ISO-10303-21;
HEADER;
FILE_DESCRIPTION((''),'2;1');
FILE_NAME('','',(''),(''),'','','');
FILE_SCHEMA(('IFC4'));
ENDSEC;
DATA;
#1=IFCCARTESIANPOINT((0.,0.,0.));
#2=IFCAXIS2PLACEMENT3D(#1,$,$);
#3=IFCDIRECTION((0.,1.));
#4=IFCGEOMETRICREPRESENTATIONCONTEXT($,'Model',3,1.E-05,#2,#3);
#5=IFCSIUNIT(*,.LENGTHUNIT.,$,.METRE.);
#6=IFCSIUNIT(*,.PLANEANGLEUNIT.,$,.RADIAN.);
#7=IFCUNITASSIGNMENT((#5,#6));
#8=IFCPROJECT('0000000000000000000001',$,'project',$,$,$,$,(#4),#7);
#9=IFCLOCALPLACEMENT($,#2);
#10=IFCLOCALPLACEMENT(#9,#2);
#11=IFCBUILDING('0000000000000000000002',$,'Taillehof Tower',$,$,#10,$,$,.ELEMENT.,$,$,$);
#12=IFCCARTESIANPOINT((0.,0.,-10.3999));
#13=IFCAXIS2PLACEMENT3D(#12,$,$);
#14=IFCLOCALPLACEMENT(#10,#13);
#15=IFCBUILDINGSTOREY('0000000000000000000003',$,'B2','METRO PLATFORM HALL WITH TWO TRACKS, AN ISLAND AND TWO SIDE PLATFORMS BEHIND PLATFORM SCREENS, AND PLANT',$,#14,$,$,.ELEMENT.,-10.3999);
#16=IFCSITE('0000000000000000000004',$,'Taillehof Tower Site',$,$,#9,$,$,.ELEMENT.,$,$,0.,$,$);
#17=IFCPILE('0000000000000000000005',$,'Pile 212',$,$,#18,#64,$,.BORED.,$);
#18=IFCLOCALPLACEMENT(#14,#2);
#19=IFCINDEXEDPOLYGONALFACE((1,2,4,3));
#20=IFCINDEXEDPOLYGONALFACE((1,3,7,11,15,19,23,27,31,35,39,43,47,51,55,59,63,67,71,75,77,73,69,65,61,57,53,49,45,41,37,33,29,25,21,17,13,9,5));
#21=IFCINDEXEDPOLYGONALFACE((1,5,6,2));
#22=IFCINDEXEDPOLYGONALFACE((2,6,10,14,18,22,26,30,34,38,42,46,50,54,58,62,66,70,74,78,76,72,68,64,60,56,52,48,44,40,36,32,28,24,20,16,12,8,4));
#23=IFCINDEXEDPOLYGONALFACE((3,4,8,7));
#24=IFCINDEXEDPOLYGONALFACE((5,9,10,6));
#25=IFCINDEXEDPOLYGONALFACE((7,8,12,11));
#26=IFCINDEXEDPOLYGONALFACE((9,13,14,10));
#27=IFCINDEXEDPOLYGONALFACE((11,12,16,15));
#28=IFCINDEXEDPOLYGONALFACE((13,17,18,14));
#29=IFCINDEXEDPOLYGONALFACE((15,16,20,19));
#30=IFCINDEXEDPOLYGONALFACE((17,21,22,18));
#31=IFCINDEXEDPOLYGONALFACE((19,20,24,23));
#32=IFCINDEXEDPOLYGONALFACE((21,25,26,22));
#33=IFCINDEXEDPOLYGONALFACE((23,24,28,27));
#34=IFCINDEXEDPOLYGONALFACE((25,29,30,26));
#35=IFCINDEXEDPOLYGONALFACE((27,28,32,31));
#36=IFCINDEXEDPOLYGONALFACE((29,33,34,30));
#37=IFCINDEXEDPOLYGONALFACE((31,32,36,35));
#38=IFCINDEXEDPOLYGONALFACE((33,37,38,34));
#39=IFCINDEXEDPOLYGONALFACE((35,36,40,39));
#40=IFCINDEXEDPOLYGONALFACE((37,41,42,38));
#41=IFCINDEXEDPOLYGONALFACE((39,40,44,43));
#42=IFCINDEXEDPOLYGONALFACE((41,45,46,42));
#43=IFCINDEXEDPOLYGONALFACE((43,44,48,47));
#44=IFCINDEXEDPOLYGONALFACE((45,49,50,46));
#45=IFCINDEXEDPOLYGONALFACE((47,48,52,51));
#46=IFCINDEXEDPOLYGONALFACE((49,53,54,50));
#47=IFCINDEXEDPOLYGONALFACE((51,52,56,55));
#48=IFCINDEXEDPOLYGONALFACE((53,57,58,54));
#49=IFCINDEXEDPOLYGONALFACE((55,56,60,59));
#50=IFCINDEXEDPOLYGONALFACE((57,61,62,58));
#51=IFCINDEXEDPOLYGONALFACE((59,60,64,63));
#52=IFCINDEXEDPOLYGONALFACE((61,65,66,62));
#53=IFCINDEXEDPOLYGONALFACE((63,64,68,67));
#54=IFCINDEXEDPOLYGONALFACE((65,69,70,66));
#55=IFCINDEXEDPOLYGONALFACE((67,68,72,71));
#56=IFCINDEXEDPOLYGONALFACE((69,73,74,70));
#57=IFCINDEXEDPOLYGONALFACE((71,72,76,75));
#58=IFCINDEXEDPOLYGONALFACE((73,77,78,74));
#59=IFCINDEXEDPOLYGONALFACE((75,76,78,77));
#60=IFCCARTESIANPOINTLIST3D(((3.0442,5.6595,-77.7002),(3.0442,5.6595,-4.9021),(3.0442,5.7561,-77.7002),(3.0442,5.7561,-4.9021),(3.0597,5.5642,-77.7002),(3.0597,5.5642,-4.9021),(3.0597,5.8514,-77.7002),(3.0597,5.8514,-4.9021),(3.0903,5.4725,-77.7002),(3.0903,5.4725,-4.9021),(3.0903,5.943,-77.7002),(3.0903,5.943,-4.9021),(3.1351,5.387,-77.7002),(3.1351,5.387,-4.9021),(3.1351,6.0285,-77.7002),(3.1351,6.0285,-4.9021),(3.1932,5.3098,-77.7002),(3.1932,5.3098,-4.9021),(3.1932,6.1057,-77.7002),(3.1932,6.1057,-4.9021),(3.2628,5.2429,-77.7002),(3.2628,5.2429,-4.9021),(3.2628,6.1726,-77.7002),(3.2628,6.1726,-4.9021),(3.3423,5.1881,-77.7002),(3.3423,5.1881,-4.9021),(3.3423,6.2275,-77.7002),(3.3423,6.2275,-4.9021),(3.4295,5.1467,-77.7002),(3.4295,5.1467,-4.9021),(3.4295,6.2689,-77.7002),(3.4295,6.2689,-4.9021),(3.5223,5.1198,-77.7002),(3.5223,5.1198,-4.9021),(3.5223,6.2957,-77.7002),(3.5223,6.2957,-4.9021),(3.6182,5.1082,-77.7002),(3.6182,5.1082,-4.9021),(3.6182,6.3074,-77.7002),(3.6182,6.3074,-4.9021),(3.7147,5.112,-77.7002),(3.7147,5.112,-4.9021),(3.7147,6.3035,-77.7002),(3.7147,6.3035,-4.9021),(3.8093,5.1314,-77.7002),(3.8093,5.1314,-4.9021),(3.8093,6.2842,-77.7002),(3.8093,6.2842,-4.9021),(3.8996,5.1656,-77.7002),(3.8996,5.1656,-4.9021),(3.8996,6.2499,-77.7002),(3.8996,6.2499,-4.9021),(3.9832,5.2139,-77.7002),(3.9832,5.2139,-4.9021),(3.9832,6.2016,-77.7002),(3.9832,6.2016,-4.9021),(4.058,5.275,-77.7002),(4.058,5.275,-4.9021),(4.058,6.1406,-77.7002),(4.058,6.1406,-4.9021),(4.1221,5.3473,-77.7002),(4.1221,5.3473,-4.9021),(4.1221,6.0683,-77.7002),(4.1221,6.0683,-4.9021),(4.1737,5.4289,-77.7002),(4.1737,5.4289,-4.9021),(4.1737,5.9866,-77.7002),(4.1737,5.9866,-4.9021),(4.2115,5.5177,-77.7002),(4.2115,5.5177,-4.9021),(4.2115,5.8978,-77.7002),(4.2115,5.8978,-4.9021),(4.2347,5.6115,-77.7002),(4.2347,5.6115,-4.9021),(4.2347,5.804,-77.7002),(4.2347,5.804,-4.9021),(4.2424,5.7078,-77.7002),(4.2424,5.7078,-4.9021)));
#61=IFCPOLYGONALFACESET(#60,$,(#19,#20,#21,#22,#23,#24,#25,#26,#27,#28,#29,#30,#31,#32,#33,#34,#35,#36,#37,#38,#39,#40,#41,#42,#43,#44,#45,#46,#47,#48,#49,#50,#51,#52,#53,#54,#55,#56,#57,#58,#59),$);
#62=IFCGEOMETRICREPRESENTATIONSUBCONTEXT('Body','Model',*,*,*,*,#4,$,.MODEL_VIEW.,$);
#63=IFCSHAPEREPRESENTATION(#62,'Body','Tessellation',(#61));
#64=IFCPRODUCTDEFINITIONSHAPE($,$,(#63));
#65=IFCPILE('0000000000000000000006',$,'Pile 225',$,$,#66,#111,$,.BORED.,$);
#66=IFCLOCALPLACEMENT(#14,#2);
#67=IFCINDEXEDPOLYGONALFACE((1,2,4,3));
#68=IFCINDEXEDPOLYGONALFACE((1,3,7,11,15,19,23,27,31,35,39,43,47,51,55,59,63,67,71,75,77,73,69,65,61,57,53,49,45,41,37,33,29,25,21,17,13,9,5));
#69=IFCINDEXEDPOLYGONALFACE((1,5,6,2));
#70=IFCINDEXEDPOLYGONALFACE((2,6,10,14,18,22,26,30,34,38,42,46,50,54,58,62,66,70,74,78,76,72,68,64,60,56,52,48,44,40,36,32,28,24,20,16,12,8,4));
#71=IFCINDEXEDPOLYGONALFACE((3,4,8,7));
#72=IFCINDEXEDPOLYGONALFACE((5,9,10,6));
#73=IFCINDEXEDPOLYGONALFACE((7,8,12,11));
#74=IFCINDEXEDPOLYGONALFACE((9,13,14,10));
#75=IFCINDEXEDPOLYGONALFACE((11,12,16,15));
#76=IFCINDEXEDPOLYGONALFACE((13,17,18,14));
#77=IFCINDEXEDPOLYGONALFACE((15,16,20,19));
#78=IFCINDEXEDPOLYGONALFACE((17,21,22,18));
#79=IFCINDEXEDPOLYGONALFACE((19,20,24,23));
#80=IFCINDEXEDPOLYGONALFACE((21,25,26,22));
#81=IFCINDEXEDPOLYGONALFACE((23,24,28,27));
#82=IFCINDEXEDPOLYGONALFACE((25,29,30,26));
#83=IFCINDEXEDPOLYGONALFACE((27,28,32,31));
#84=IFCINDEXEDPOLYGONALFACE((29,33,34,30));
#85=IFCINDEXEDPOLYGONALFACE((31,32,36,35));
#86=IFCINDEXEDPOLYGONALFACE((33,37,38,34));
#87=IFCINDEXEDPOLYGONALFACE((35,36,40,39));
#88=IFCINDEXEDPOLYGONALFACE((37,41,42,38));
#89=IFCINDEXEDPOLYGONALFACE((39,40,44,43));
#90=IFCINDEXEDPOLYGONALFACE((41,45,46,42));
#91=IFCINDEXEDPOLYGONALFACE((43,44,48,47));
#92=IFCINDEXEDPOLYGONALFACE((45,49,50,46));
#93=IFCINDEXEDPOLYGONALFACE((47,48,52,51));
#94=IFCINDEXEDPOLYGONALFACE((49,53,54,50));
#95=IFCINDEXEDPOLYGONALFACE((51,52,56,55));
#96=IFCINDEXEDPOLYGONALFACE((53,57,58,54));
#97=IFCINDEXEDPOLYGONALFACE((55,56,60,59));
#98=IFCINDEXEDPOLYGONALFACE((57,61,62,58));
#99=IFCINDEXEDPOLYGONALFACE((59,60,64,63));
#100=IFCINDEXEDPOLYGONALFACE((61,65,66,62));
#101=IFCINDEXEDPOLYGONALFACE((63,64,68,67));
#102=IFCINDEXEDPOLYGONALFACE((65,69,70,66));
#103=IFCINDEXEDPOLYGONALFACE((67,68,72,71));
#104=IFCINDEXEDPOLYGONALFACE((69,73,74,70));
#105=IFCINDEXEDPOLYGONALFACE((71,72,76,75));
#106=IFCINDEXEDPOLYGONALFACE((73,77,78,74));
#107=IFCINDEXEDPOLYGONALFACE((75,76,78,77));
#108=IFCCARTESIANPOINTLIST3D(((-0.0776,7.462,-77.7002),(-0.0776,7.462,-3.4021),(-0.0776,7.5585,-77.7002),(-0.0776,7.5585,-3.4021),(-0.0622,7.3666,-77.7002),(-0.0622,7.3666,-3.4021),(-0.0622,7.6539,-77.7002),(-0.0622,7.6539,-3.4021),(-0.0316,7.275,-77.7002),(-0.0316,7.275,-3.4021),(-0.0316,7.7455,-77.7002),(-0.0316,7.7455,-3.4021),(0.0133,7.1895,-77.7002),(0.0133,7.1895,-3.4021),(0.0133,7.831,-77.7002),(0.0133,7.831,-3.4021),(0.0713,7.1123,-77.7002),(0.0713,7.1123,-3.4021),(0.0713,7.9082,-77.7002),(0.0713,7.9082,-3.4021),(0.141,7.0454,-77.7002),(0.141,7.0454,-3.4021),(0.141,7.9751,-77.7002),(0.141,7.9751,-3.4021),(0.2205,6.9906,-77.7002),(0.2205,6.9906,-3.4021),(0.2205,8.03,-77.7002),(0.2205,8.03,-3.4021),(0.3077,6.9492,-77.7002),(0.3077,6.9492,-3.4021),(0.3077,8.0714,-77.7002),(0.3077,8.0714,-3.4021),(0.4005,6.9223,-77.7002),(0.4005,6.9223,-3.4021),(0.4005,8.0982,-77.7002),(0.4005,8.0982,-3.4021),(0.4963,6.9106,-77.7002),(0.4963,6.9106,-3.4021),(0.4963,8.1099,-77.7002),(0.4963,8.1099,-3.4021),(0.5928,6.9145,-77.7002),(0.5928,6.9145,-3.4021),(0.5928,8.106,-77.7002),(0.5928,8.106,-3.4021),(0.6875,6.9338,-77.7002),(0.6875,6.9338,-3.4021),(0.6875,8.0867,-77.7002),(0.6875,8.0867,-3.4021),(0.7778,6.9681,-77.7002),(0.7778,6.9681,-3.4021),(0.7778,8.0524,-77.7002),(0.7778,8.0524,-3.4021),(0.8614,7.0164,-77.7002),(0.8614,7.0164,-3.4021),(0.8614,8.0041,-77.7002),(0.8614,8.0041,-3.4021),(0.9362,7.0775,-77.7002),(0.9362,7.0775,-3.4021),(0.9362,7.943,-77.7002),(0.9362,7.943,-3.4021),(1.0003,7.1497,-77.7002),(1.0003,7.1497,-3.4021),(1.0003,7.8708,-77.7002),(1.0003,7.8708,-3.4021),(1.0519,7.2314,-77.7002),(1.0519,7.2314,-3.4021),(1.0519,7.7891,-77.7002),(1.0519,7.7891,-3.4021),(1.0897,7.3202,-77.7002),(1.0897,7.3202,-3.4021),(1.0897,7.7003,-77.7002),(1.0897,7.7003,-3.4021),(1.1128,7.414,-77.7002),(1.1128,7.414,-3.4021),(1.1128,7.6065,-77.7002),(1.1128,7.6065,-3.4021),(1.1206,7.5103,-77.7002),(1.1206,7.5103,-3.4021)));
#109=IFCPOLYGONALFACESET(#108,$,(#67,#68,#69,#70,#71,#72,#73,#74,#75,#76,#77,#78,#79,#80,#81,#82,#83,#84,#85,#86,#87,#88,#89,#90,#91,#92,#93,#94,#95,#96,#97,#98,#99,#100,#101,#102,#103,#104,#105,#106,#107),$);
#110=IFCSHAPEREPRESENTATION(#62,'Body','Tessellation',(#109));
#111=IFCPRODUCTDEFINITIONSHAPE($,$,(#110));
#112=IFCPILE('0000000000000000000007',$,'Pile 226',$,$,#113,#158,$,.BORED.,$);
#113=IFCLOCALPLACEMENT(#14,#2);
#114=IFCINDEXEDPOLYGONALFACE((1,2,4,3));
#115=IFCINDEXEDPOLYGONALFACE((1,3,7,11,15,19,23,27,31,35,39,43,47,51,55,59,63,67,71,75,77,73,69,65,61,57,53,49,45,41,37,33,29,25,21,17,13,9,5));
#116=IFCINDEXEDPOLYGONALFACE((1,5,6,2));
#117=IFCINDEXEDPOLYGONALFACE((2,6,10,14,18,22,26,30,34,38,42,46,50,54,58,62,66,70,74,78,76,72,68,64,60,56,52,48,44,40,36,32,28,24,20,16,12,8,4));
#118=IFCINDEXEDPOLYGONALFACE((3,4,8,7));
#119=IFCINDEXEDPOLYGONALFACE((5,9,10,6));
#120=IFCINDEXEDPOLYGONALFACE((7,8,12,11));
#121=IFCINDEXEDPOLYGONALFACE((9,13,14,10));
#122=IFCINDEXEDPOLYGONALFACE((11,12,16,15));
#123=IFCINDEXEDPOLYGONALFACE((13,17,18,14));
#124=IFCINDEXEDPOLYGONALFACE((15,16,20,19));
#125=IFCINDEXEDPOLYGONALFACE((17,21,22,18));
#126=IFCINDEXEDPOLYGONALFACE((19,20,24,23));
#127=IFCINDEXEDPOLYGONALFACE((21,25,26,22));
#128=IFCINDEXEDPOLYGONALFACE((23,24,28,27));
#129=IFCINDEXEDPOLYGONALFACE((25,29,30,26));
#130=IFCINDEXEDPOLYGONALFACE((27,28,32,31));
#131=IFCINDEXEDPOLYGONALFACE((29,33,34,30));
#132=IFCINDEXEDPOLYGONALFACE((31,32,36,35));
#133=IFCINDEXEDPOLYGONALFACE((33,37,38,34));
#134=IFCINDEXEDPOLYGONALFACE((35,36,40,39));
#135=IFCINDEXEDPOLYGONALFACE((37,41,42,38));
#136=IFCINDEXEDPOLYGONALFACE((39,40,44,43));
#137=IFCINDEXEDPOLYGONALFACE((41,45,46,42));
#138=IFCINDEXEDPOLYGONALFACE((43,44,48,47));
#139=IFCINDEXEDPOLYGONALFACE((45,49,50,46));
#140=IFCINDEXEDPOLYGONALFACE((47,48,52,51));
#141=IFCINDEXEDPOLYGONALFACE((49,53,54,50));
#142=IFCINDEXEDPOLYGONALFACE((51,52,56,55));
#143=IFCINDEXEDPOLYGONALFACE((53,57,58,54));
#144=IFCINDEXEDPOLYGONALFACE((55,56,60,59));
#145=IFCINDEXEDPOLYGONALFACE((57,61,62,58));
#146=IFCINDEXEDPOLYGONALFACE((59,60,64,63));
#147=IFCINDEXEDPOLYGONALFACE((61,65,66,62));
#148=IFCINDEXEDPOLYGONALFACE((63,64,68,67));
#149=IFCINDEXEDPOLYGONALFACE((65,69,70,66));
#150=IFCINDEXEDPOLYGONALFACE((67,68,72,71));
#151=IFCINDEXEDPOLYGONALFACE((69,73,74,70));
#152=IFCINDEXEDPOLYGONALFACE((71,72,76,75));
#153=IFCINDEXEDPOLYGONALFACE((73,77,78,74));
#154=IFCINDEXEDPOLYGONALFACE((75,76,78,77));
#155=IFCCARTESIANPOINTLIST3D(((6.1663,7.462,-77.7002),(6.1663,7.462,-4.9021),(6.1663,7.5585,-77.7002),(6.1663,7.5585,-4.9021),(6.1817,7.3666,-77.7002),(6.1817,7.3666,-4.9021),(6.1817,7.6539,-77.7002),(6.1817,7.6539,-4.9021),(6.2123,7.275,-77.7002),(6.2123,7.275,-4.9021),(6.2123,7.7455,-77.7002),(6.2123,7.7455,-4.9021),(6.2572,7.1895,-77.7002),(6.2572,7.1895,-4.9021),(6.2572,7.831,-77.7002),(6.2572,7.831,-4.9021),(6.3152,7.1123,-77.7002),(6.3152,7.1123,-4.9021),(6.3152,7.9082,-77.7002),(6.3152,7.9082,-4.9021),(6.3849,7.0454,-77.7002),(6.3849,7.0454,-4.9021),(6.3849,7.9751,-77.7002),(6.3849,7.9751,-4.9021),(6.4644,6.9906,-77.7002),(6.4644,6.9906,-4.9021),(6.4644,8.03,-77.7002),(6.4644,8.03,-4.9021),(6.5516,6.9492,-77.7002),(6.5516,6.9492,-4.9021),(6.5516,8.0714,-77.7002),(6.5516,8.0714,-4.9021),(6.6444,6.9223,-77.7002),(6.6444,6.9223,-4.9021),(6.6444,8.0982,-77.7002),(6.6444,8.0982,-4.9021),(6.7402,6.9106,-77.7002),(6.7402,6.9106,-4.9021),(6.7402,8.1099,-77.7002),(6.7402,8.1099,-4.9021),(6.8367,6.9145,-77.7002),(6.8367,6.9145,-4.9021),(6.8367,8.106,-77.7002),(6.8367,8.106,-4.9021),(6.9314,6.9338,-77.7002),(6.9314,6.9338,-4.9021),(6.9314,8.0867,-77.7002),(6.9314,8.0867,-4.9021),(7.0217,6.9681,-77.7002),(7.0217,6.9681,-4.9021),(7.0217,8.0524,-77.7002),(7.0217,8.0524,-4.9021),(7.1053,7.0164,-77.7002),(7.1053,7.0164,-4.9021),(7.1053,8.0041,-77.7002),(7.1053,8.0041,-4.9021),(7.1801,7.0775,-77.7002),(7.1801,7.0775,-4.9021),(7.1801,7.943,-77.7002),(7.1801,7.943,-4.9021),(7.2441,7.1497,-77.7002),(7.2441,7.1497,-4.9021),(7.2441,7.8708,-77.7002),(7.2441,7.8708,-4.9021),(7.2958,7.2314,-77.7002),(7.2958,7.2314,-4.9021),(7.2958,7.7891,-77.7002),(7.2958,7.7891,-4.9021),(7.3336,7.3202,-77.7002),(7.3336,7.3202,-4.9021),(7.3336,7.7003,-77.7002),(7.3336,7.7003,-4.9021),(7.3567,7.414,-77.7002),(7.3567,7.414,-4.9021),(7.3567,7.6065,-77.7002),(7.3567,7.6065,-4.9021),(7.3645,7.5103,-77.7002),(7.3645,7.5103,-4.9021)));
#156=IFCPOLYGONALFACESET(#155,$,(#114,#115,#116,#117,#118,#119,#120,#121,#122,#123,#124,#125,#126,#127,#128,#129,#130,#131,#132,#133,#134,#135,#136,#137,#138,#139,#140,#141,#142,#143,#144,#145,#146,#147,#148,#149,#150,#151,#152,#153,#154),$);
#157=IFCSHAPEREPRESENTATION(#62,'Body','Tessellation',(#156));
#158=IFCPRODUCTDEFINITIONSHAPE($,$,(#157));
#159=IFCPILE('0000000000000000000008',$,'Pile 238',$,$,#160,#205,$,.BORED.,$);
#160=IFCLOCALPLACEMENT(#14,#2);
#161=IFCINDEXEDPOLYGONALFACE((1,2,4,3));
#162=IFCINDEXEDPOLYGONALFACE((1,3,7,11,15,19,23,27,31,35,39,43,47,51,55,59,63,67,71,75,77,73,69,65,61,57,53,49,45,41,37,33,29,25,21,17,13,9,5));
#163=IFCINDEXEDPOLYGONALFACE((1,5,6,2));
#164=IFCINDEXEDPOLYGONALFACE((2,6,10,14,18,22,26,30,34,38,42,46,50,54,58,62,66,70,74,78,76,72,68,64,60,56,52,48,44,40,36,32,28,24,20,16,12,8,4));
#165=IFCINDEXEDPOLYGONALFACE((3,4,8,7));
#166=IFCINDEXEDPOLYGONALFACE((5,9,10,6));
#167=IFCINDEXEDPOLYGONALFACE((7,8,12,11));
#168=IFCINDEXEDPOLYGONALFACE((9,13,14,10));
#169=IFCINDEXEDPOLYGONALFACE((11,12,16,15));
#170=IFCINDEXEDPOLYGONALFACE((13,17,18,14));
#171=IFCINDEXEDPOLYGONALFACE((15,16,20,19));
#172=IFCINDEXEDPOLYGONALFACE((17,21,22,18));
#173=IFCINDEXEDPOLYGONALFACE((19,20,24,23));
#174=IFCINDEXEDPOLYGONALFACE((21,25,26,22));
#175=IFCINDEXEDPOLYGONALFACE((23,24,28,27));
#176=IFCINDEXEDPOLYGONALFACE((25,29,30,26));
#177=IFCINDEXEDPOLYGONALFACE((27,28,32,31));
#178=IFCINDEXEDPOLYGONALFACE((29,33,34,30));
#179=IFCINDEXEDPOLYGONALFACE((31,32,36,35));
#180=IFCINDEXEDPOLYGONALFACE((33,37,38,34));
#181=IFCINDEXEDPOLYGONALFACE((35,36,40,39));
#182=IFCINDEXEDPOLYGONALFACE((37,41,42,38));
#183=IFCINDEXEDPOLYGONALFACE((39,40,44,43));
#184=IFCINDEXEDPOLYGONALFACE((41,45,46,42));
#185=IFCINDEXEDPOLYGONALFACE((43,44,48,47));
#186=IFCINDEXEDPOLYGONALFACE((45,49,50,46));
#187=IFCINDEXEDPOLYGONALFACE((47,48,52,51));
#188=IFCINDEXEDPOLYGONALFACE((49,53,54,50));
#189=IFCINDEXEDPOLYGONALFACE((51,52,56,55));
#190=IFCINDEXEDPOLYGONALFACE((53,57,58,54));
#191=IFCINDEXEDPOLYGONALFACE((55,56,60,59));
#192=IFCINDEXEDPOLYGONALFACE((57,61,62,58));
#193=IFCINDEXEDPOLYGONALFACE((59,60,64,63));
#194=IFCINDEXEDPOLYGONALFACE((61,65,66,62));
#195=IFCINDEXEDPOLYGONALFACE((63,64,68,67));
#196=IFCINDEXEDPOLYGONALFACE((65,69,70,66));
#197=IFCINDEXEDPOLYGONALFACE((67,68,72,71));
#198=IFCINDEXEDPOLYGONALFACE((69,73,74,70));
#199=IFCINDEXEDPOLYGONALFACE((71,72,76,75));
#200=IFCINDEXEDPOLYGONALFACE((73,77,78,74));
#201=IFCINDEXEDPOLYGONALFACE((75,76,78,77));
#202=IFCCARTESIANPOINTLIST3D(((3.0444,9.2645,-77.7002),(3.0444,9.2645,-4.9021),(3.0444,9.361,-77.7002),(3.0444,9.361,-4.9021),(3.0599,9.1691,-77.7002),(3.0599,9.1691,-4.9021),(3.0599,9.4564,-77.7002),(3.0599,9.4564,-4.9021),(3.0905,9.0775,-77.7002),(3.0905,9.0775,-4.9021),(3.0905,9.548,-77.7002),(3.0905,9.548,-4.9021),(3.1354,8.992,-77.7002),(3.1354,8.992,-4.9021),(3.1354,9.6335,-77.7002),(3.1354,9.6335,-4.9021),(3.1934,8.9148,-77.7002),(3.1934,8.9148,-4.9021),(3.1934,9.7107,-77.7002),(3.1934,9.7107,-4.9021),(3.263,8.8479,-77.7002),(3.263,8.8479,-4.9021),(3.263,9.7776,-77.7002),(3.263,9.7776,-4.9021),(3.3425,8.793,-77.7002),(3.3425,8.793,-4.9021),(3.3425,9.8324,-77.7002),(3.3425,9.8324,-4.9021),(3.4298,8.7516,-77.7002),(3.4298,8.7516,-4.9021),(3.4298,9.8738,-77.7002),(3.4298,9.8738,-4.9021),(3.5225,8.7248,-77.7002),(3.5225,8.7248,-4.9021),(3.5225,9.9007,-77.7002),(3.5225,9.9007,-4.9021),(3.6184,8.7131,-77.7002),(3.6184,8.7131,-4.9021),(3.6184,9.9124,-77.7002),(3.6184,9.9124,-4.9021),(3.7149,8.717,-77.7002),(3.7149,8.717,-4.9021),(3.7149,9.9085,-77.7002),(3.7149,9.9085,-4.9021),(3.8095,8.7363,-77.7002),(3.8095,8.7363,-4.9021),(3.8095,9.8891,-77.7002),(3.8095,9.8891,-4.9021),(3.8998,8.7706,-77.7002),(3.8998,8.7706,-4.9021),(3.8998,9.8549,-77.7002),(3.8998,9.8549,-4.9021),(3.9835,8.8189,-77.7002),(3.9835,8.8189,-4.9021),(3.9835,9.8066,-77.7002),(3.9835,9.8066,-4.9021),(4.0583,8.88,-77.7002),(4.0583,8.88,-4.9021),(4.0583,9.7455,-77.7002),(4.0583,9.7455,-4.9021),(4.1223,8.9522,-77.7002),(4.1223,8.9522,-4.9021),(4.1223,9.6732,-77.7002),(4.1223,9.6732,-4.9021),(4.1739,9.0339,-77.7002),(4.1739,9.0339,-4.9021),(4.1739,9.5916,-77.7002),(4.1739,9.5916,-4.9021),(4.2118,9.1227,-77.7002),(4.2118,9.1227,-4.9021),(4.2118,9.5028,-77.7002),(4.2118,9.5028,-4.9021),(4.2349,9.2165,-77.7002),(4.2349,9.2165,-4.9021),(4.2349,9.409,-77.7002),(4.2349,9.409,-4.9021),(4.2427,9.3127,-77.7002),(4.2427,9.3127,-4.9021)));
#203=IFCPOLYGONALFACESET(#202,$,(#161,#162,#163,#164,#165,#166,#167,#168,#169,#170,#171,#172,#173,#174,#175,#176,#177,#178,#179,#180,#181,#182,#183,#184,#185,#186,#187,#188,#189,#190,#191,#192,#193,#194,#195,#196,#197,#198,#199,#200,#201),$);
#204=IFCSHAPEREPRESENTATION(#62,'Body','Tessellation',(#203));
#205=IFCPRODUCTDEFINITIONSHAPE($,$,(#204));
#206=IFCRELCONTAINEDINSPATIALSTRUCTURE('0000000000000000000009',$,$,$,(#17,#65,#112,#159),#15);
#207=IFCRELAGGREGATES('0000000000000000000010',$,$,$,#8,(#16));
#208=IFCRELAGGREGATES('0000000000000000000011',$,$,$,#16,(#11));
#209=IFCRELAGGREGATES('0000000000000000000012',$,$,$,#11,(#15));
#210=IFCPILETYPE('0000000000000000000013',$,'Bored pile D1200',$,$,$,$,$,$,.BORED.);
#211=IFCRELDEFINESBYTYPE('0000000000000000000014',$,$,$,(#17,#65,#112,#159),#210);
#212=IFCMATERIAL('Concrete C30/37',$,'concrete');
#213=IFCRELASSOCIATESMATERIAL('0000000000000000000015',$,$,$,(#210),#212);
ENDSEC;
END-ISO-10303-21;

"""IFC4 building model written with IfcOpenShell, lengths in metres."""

from ifc_helpers import new_model, si_unit, direction, frame, origin, origin_2d, place, context, subcontext, project, spatial, circle, extrude, material, material_profile, profile_set, type_object, element, save


model = new_model("IFC4")

# Units and contexts
model_context = context("Model", 3, precision=1e-05, world=origin(), true_north=direction((0.0, 1.0)))
body_context = subcontext(model_context, "Body", "Model", "MODEL_VIEW")
ifc_project = project(units=[si_unit("LENGTHUNIT", "METRE"), si_unit("PLANEANGLEUNIT", "RADIAN")], contexts=[model_context])

# Site, building, storey
site_placement = place(None, origin())
site = spatial("IfcSite", under=ifc_project, at=site_placement, Name="Taillehof Tower Site", CompositionType="ELEMENT", RefElevation=0.0)
building_placement = place(site_placement, origin())
building = spatial("IfcBuilding", under=site, at=building_placement, Name="Taillehof Tower", CompositionType="ELEMENT")
storey_placement = place(building_placement, frame((0.0, 0.0, -10.3999)))
storey = spatial("IfcBuildingStorey", under=building, at=storey_placement, Name="B2", Description="METRO PLATFORM HALL WITH TWO TRACKS, AN ISLAND AND TWO SIDE PLATFORMS BEHIND PLATFORM SCREENS, AND PLANT", CompositionType="ELEMENT", Elevation=-10.3999)

# Piles
ifc_material_1 = material(Name="Concrete C30/37", Category="concrete")
ifc_material_profile_1 = material_profile(ifc_material_1, circle(Radius=0.6001, at=origin_2d()), Name="BP D1200")
ifc_profile_set_1 = profile_set([ifc_material_profile_1], Name="Concrete C30/37")
pile_type = type_object("IfcPileType", Name="Bored pile D1200", PredefinedType="BORED", material=ifc_profile_set_1)
for number, where, z_axis, x_axis, name in (
    (1, (3.6423, 5.7078, -4.9021), (0.0, 0.0, -1.0), (1.0, 0.0, 0.0), "Pile 212"),
):
    element("IfcPile", number, at=place(storey_placement, frame(where, z_axis=z_axis, x_axis=x_axis)), inside=storey, type_object=pile_type, Name=name, PredefinedType="BORED", context=body_context, shape_type="SweptSolid", body=[
        extrude(circle(Radius=0.6001, at=origin_2d()), origin(), (0.0, 0.0, 1.0), 72.7981),
    ])
pile_1_placement = place(storey_placement, frame((0.5205, 7.5103, -3.4021), z_axis=(0.0, 0.0, -1.0), x_axis=(1.0, 0.0, 0.0)))
element("IfcPile", 2, at=pile_1_placement, inside=storey, type_object=pile_type, Name="Pile 225", PredefinedType="BORED", context=body_context, shape_type="SweptSolid", body=[
    extrude(circle(Radius=0.6001, at=origin_2d()), origin(), (0.0, 0.0, 1.0), 74.2981),
])
for number, where, z_axis, x_axis, name in (
    (3, (6.7644, 7.5103, -4.9021), (0.0, 0.0, -1.0), (1.0, 0.0, 0.0), "Pile 226"),
    (4, (3.6426, 9.3127, -4.9021), (0.0, 0.0, -1.0), (1.0, 0.0, 0.0), "Pile 238"),
):
    element("IfcPile", number, at=place(storey_placement, frame(where, z_axis=z_axis, x_axis=x_axis)), inside=storey, type_object=pile_type, Name=name, PredefinedType="BORED", context=body_context, shape_type="SweptSolid", body=[
        extrude(circle(Radius=0.6001, at=origin_2d()), origin(), (0.0, 0.0, 1.0), 72.7981),
    ])

save(model, "model.ifc")
